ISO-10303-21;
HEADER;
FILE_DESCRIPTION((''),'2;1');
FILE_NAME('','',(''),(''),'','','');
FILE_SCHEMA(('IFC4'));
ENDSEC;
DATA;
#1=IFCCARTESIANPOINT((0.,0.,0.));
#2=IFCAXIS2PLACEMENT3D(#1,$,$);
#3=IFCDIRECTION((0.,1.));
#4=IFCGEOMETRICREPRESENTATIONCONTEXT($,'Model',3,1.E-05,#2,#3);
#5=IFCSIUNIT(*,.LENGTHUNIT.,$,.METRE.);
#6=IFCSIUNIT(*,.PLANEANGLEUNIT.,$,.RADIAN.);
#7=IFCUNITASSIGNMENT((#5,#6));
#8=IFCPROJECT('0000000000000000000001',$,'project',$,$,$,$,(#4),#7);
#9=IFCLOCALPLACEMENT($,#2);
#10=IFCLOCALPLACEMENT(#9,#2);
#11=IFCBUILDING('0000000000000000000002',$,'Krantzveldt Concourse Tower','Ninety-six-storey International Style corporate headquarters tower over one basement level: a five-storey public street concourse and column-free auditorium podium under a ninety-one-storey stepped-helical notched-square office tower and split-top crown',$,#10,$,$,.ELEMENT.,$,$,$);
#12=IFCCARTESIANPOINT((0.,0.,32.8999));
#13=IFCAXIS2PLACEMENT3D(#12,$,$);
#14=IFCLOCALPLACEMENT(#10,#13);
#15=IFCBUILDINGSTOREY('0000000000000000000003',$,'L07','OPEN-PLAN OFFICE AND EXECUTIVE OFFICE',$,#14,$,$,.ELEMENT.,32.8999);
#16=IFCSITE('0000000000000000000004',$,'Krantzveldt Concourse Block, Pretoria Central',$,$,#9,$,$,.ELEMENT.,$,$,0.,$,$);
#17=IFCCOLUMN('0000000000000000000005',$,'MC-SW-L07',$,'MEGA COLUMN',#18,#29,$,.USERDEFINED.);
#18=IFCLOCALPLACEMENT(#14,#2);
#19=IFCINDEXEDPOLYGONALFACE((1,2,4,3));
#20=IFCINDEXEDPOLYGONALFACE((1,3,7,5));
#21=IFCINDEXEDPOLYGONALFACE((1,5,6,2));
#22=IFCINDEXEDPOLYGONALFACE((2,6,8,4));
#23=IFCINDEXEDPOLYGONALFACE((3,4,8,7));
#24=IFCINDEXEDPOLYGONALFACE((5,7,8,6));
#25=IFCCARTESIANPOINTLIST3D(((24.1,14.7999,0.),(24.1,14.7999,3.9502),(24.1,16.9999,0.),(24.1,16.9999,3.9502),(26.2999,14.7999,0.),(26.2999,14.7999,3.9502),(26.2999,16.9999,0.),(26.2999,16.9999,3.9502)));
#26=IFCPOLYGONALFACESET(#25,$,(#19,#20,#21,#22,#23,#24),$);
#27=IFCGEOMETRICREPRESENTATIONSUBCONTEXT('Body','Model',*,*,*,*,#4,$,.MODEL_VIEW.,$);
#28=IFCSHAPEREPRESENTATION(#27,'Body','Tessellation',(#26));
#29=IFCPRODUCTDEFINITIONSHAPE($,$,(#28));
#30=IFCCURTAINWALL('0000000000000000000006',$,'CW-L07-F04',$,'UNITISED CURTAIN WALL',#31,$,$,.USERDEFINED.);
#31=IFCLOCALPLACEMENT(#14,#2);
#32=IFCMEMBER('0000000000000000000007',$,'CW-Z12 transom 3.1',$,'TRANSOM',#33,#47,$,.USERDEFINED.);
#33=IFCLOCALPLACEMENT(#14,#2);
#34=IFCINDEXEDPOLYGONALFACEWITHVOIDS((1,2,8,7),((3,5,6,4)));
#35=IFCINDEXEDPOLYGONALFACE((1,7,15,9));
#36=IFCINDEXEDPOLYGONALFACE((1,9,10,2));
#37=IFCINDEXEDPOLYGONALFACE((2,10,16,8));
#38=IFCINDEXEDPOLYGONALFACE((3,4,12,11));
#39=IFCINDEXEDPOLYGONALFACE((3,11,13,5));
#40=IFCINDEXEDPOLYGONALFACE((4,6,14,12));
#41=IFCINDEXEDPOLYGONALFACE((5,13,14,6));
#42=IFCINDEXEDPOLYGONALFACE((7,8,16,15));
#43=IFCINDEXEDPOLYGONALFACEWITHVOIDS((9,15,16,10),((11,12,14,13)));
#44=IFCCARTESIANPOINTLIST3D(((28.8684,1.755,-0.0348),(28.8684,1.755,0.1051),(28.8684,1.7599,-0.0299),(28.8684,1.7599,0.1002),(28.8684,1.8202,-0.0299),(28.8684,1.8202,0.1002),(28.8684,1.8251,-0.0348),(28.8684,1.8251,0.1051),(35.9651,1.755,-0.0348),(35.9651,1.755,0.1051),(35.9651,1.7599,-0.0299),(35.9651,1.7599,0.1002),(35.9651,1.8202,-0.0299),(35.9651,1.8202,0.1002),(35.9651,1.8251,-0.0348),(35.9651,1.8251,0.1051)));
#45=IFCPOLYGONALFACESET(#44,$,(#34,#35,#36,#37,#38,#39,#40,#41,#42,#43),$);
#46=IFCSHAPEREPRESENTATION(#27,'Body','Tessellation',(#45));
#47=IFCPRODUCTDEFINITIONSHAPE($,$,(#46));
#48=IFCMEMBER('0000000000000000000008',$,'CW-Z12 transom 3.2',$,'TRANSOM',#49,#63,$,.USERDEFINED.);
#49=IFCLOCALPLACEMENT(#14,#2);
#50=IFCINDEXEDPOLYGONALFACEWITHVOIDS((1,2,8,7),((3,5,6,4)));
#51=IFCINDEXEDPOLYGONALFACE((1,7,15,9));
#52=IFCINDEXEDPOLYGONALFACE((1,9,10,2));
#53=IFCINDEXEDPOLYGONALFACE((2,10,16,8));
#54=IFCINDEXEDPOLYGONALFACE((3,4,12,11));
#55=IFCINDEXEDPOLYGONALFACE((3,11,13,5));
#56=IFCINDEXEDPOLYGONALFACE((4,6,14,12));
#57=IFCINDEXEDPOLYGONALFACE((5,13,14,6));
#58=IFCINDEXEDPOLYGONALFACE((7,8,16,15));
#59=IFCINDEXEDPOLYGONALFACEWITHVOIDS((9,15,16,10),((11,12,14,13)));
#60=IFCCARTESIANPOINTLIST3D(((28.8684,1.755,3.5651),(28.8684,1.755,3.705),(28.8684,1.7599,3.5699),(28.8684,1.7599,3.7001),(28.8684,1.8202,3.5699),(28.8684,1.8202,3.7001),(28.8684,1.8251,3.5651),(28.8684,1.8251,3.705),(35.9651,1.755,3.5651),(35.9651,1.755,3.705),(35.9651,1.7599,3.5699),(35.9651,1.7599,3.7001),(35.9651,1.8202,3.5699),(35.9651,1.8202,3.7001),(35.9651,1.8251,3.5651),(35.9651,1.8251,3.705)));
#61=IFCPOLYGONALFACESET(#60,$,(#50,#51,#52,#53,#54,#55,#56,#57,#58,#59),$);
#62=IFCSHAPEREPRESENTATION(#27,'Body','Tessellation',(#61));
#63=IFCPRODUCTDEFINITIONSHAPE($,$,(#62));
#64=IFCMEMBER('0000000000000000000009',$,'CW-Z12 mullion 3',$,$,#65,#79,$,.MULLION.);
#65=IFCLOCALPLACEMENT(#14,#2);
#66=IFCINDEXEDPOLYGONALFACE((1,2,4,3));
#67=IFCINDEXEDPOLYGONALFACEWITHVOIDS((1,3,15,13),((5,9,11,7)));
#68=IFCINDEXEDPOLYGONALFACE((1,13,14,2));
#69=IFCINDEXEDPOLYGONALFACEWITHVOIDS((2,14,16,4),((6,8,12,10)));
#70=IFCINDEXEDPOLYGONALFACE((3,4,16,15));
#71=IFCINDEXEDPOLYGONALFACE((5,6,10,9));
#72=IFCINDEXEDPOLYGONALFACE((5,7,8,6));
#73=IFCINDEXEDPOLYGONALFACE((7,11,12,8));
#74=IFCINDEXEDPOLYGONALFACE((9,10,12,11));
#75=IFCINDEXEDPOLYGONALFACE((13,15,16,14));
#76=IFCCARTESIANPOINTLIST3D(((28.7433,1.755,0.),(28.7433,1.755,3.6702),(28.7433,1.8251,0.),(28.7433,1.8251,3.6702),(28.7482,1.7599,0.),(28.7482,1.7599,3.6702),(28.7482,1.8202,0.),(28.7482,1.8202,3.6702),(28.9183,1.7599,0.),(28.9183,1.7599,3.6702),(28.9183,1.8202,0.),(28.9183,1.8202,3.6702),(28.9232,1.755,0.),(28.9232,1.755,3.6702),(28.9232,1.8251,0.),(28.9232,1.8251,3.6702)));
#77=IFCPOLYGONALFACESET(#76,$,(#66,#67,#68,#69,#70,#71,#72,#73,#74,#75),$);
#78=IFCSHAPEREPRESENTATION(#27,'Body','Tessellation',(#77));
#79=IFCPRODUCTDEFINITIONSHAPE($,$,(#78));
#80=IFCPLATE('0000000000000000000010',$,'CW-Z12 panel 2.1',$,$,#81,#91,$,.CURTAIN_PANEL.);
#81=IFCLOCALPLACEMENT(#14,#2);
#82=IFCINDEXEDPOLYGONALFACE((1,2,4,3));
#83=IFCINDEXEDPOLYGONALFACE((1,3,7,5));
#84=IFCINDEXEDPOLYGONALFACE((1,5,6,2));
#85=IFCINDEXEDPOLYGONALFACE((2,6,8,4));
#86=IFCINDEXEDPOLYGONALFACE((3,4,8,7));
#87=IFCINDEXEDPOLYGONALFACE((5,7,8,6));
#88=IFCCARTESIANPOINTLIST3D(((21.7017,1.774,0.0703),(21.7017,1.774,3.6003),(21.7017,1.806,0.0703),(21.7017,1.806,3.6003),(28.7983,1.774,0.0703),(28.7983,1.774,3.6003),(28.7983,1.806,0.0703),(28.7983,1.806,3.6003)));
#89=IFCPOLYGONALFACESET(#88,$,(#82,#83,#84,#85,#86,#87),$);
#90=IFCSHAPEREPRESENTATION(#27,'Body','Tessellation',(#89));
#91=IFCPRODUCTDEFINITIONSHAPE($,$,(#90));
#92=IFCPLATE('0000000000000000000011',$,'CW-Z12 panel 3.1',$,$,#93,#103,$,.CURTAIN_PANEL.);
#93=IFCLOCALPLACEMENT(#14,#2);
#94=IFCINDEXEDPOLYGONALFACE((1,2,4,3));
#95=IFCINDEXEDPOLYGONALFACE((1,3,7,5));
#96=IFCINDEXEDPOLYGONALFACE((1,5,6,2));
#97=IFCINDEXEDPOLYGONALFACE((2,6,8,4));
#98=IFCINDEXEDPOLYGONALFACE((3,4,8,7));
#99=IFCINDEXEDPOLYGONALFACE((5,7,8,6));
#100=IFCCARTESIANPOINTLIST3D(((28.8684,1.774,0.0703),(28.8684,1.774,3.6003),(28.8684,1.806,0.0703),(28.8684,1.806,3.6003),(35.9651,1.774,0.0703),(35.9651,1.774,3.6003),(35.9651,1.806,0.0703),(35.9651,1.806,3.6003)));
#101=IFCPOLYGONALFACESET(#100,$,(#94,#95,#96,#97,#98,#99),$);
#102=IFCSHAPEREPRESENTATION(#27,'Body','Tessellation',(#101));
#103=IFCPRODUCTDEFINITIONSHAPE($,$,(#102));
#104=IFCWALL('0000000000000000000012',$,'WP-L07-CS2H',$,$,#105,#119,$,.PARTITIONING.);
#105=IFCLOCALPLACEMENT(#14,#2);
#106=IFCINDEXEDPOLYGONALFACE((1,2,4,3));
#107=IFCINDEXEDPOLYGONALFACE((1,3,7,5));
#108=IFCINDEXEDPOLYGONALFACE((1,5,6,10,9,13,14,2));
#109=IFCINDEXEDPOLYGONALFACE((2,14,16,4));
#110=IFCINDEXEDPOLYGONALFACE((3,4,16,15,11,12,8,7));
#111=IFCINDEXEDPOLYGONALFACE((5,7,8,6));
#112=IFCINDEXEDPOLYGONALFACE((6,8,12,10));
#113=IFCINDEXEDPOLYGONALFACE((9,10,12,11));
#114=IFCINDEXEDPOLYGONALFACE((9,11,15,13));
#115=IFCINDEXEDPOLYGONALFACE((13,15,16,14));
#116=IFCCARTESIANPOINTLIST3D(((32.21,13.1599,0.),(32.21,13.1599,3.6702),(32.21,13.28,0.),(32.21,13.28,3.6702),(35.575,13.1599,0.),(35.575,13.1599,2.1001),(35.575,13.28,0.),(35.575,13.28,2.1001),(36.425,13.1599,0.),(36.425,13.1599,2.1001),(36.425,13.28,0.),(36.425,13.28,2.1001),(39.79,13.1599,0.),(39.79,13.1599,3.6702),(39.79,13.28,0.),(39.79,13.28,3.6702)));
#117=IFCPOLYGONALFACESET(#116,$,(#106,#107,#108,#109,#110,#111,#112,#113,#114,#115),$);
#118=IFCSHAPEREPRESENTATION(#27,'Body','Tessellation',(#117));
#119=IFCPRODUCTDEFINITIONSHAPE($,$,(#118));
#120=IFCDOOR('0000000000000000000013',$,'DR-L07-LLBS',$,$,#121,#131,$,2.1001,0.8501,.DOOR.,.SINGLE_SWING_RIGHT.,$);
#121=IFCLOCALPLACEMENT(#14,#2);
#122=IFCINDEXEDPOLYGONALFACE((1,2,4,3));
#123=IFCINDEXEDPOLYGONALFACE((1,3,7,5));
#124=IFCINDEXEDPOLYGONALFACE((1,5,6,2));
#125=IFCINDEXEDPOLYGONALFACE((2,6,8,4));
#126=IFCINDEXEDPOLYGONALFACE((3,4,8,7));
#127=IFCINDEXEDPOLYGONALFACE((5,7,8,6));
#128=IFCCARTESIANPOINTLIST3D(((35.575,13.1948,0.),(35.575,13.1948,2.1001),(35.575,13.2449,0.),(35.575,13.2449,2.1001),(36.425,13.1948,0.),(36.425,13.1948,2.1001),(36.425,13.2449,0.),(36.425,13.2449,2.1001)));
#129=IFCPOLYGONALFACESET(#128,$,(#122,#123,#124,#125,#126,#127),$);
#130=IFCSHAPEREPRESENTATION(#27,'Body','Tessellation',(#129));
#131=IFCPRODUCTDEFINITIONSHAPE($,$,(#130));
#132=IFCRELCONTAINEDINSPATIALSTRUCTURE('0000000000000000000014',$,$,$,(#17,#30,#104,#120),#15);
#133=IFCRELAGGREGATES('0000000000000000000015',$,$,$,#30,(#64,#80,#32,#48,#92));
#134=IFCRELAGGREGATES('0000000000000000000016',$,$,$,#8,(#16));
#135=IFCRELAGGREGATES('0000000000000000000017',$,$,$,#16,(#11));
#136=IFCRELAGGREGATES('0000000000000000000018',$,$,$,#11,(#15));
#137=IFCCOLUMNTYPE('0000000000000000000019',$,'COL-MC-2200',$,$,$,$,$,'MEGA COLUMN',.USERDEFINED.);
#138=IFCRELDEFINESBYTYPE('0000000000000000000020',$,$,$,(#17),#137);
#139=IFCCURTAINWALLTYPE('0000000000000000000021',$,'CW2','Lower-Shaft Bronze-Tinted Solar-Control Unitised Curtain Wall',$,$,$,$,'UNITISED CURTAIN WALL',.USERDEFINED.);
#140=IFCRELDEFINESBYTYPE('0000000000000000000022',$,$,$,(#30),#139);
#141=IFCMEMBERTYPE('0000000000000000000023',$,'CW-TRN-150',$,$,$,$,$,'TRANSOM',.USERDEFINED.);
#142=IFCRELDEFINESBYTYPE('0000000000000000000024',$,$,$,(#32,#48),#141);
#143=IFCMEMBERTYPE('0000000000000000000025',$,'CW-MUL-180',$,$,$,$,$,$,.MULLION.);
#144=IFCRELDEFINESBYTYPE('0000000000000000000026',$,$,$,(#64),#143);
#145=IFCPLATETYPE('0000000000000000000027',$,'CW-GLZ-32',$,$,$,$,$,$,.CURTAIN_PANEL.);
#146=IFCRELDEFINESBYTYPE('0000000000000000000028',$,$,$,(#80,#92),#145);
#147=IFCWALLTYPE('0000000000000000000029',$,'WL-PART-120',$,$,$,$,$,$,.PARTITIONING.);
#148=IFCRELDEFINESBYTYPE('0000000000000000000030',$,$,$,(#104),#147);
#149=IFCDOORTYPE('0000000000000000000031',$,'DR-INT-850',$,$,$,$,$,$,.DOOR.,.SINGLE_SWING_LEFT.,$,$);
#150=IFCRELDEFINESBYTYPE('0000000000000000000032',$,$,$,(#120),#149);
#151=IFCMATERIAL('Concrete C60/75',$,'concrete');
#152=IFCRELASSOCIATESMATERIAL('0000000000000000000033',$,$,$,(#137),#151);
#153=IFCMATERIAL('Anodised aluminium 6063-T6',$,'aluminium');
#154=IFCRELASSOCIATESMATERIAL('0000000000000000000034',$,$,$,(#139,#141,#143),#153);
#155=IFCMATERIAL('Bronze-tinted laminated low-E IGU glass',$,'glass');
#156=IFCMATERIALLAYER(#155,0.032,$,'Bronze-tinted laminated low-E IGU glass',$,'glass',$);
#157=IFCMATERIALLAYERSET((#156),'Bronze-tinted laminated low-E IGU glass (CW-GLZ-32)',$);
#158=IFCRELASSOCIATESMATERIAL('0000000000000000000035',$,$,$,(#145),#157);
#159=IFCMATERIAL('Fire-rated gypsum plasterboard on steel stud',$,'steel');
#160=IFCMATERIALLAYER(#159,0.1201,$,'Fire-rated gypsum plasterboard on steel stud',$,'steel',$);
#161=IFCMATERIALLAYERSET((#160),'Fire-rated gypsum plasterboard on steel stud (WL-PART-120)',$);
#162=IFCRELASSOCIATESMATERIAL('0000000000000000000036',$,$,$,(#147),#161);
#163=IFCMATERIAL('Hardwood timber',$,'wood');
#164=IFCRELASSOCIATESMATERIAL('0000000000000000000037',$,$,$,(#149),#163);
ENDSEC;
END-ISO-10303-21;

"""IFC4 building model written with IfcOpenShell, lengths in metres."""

from ifc_helpers import new_model, si_unit, direction, frame, frame_2d, origin, origin_2d, place, context, subcontext, project, spatial, rectangle, hollow_rectangle, extrude, source, transform, mapped, material, layer, layer_set, material_profile, profile_set, type_object, type_shapes, element, fill, aggregate, save


model = new_model("IFC4")

# Units and contexts
model_context = context("Model", 3, precision=1e-05, world=origin(), true_north=direction((0.0, 1.0)))
body_context = subcontext(model_context, "Body", "Model", "MODEL_VIEW")
ifc_project = project(units=[si_unit("LENGTHUNIT", "METRE"), si_unit("PLANEANGLEUNIT", "RADIAN")], contexts=[model_context])

# Site, building, storey
site_placement = place(None, origin())
site = spatial("IfcSite", under=ifc_project, at=site_placement, Name="Krantzveldt Concourse Block, Pretoria Central", CompositionType="ELEMENT", RefElevation=0.0)
building_placement = place(site_placement, origin())
building = spatial("IfcBuilding", under=site, at=building_placement, Name="Krantzveldt Concourse Tower", Description="Ninety-six-storey International Style corporate headquarters tower over one basement level: a five-storey public street concourse and column-free auditorium podium under a ninety-one-storey stepped-helical notched-square office tower and split-top crown", CompositionType="ELEMENT")
storey_placement = place(building_placement, frame((0.0, 0.0, 32.8999)))
storey = spatial("IfcBuildingStorey", under=building, at=storey_placement, Name="L07", Description="OPEN-PLAN OFFICE AND EXECUTIVE OFFICE", CompositionType="ELEMENT", Elevation=32.8999)

# Column
ifc_material_1 = material(Name="Concrete C60/75", Category="concrete")
ifc_material_profile_1 = material_profile(ifc_material_1, rectangle(XDim=2.2, YDim=2.2, at=origin_2d()), Name="Concrete C60/75", Category="concrete")
ifc_profile_set_1 = profile_set([ifc_material_profile_1], Name="Concrete C60/75 - RC 2200x2200")
column_type = type_object("IfcColumnType", Name="COL-MC-2200", ElementType="MEGA COLUMN", PredefinedType="USERDEFINED", material=ifc_profile_set_1)
shared_shape_1 = source(origin(), body_context, "Body", "SweptSolid", [
    extrude(rectangle(XDim=2.2, YDim=2.2, at=origin_2d()), origin(), (0.0, 0.0, 1.0), 3.9502),
])
type_shapes(column_type, [shared_shape_1])
column_placement = place(storey_placement, frame((25.2, 15.8999, 0.0), z_axis=(0.0, 0.0, 1.0), x_axis=(1.0, 0.0, 0.0)))
element("IfcColumn", 1, at=column_placement, inside=storey, type_object=column_type, Name="MC-SW-L07", ObjectType="MEGA COLUMN", PredefinedType="USERDEFINED", context=body_context, shape_type="MappedRepresentation", body=[
    mapped(shared_shape_1, transform((0.0, 0.0, 0.0), x_axis=(1.0, 0.0, 0.0), y_axis=(0.0, 1.0, 0.0), z_axis=(0.0, 0.0, 1.0), scale=1.0)),
])

# Curtain wall, members, plates
ifc_material_2 = material(Name="Anodised aluminium 6063-T6", Category="aluminium")
curtain_wall_type = type_object("IfcCurtainWallType", Name="CW2", Description="Lower-Shaft Bronze-Tinted Solar-Control Unitised Curtain Wall", ElementType="UNITISED CURTAIN WALL", PredefinedType="USERDEFINED", material=ifc_material_2)
curtain_wall_placement = place(storey_placement, origin())
curtain_wall = element("IfcCurtainWall", 2, at=curtain_wall_placement, inside=storey, type_object=curtain_wall_type, Name="CW-L07-F04", ObjectType="UNITISED CURTAIN WALL", PredefinedType="USERDEFINED")
ifc_material_profile_2 = material_profile(ifc_material_2, hollow_rectangle(XDim=0.0701, YDim=0.1399, WallThickness=0.0049, at=origin_2d()), Name="Anodised aluminium 6063-T6", Category="aluminium")
ifc_profile_set_2 = profile_set([ifc_material_profile_2], Name="Anodised aluminium 6063-T6 - ALU-TRAN 140x70x5")
member_type_1 = type_object("IfcMemberType", Name="CW-TRN-150", ElementType="TRANSOM", PredefinedType="USERDEFINED", material=ifc_profile_set_2)
shared_shape_2 = source(origin(), body_context, "Body", "SweptSolid", [
    extrude(hollow_rectangle(XDim=0.0701, YDim=0.1399, WallThickness=0.0049, at=origin_2d()), origin(), (0.0, 0.0, 1.0), 7.0967),
])
type_shapes(member_type_1, [shared_shape_2])
member_1_placement = place(storey_placement, frame((28.8684, 1.79, 0.0352), z_axis=(1.0, 0.0, 0.0), x_axis=(0.0, 1.0, 0.0)))
member_1 = element("IfcMember", 3, at=member_1_placement, type_object=member_type_1, Name="CW-Z12 transom 3.1", ObjectType="TRANSOM", PredefinedType="USERDEFINED", context=body_context, shape_type="MappedRepresentation", body=[
    mapped(shared_shape_2, transform((0.0, 0.0, 0.0), x_axis=(1.0, 0.0, 0.0), y_axis=(0.0, 1.0, 0.0), z_axis=(0.0, 0.0, 1.0), scale=1.0)),
])
member_2_placement = place(storey_placement, frame((28.8684, 1.79, 3.635), z_axis=(1.0, 0.0, 0.0), x_axis=(0.0, 1.0, 0.0)))
member_2 = element("IfcMember", 4, at=member_2_placement, type_object=member_type_1, Name="CW-Z12 transom 3.2", ObjectType="TRANSOM", PredefinedType="USERDEFINED", context=body_context, shape_type="MappedRepresentation", body=[
    mapped(shared_shape_2, transform((0.0, 0.0, 0.0), x_axis=(1.0, 0.0, 0.0), y_axis=(0.0, 1.0, 0.0), z_axis=(0.0, 0.0, 1.0), scale=1.0)),
])
ifc_material_profile_3 = material_profile(ifc_material_2, hollow_rectangle(XDim=0.0701, YDim=0.1799, WallThickness=0.0049, at=origin_2d()), Name="Anodised aluminium 6063-T6", Category="aluminium")
ifc_profile_set_3 = profile_set([ifc_material_profile_3], Name="Anodised aluminium 6063-T6 - ALU-MULL 180x70x5")
member_type_2 = type_object("IfcMemberType", Name="CW-MUL-180", PredefinedType="MULLION", material=ifc_profile_set_3)
shared_shape_3 = source(origin(), body_context, "Body", "SweptSolid", [
    extrude(hollow_rectangle(XDim=0.0701, YDim=0.1799, WallThickness=0.0049, at=origin_2d()), origin(), (0.0, 0.0, 1.0), 3.6702),
])
type_shapes(member_type_2, [shared_shape_3])
member_3_placement = place(storey_placement, frame((28.8333, 1.79, 0.0), z_axis=(0.0, 0.0, 1.0), x_axis=(0.0, 1.0, 0.0)))
member_3 = element("IfcMember", 5, at=member_3_placement, type_object=member_type_2, Name="CW-Z12 mullion 3", PredefinedType="MULLION", context=body_context, shape_type="MappedRepresentation", body=[
    mapped(shared_shape_3, transform((0.0, 0.0, 0.0), x_axis=(1.0, 0.0, 0.0), y_axis=(0.0, 1.0, 0.0), z_axis=(0.0, 0.0, 1.0), scale=1.0)),
])
ifc_material_3 = material(Name="Bronze-tinted laminated low-E IGU glass", Category="glass")
ifc_layer_1 = layer(ifc_material_3, 0.032, Name="Bronze-tinted laminated low-E IGU glass", Category="glass")
ifc_layer_set_1 = layer_set([ifc_layer_1], Name="Bronze-tinted laminated low-E IGU glass (CW-GLZ-32)")
plate_type = type_object("IfcPlateType", Name="CW-GLZ-32", PredefinedType="CURTAIN_PANEL", material=ifc_layer_set_1)
shared_shape_4 = source(origin(), body_context, "Body", "SweptSolid", [
    extrude(rectangle(XDim=7.0967, YDim=0.032, at=origin_2d()), origin(), (0.0, 0.0, 1.0), 3.53),
])
type_shapes(plate_type, [shared_shape_4])
plate_1_placement = place(storey_placement, frame((25.25, 1.79, 0.0703), z_axis=(0.0, 0.0, 1.0), x_axis=(1.0, 0.0, 0.0)))
plate_1 = element("IfcPlate", 6, at=plate_1_placement, type_object=plate_type, Name="CW-Z12 panel 2.1", PredefinedType="CURTAIN_PANEL", context=body_context, shape_type="MappedRepresentation", body=[
    mapped(shared_shape_4, transform((0.0, 0.0, 0.0), x_axis=(1.0, 0.0, 0.0), y_axis=(0.0, 1.0, 0.0), z_axis=(0.0, 0.0, 1.0), scale=1.0)),
])
plate_2_placement = place(storey_placement, frame((32.4167, 1.79, 0.0703), z_axis=(0.0, 0.0, 1.0), x_axis=(1.0, 0.0, 0.0)))
plate_2 = element("IfcPlate", 7, at=plate_2_placement, type_object=plate_type, Name="CW-Z12 panel 3.1", PredefinedType="CURTAIN_PANEL", context=body_context, shape_type="MappedRepresentation", body=[
    mapped(shared_shape_4, transform((0.0, 0.0, 0.0), x_axis=(1.0, 0.0, 0.0), y_axis=(0.0, 1.0, 0.0), z_axis=(0.0, 0.0, 1.0), scale=1.0)),
])
aggregate(curtain_wall, [member_3, plate_1, member_1, member_2, plate_2])

# Wall, opening, door
ifc_material_4 = material(Name="Fire-rated gypsum plasterboard on steel stud", Category="steel")
ifc_layer_2 = layer(ifc_material_4, 0.1201, Name="Fire-rated gypsum plasterboard on steel stud", Category="steel")
ifc_layer_set_2 = layer_set([ifc_layer_2], Name="Fire-rated gypsum plasterboard on steel stud (WL-PART-120)")
wall_type_1 = type_object("IfcWallType", Name="WL-PART-120", PredefinedType="PARTITIONING", material=ifc_layer_set_2)
wall_1_placement = place(storey_placement, frame((32.21, 13.22, 0.0), z_axis=(0.0, 0.0, 1.0), x_axis=(1.0, 0.0, 0.0)))
wall_1 = element("IfcWall", 8, at=wall_1_placement, inside=storey, type_object=wall_type_1, Name="WP-L07-CS2H", PredefinedType="PARTITIONING", context=body_context, shape_type="SweptSolid", body=[
    extrude(rectangle(XDim=7.5801, YDim=0.1201, at=frame_2d((3.79, 0.0))), origin(), (0.0, 0.0, 1.0), 3.6702),
])
opening_1_placement = place(wall_1_placement, frame((3.365, 0.0, 0.0)))
opening_1 = element("IfcOpeningElement", 9, at=opening_1_placement, cuts=wall_1, PredefinedType="OPENING", context=body_context, shape_type="SweptSolid", body=[
    extrude(rectangle(XDim=0.8501, YDim=2.1001, at=frame_2d((0.425, 1.05))), frame((0.0, 0.0701, 0.0), z_axis=(0.0, -1.0, 0.0), x_axis=(1.0, 0.0, 0.0)), (0.0, 0.0, 1.0), 0.1401),
])
ifc_material_5 = material(Name="Hardwood timber", Category="wood")
door_type_1 = type_object("IfcDoorType", Name="DR-INT-850", OperationType="SINGLE_SWING_LEFT", PredefinedType="DOOR", material=ifc_material_5)
door_1_placement = place(opening_1_placement, origin())
door_1 = element("IfcDoor", 10, at=door_1_placement, inside=storey, type_object=door_type_1, Name="DR-L07-LLBS", OperationType="SINGLE_SWING_RIGHT", OverallHeight=2.1001, OverallWidth=0.8501, PredefinedType="DOOR", context=body_context, shape_type="SweptSolid", body=[
    extrude(rectangle(XDim=0.8501, YDim=2.1001, at=frame_2d((0.425, 1.05))), frame((0.0, 0.0249, 0.0), z_axis=(0.0, -1.0, 0.0), x_axis=(1.0, 0.0, 0.0)), (0.0, 0.0, 1.0), 0.05),
])
fill(opening_1, door_1)

save(model, "model.ifc")
